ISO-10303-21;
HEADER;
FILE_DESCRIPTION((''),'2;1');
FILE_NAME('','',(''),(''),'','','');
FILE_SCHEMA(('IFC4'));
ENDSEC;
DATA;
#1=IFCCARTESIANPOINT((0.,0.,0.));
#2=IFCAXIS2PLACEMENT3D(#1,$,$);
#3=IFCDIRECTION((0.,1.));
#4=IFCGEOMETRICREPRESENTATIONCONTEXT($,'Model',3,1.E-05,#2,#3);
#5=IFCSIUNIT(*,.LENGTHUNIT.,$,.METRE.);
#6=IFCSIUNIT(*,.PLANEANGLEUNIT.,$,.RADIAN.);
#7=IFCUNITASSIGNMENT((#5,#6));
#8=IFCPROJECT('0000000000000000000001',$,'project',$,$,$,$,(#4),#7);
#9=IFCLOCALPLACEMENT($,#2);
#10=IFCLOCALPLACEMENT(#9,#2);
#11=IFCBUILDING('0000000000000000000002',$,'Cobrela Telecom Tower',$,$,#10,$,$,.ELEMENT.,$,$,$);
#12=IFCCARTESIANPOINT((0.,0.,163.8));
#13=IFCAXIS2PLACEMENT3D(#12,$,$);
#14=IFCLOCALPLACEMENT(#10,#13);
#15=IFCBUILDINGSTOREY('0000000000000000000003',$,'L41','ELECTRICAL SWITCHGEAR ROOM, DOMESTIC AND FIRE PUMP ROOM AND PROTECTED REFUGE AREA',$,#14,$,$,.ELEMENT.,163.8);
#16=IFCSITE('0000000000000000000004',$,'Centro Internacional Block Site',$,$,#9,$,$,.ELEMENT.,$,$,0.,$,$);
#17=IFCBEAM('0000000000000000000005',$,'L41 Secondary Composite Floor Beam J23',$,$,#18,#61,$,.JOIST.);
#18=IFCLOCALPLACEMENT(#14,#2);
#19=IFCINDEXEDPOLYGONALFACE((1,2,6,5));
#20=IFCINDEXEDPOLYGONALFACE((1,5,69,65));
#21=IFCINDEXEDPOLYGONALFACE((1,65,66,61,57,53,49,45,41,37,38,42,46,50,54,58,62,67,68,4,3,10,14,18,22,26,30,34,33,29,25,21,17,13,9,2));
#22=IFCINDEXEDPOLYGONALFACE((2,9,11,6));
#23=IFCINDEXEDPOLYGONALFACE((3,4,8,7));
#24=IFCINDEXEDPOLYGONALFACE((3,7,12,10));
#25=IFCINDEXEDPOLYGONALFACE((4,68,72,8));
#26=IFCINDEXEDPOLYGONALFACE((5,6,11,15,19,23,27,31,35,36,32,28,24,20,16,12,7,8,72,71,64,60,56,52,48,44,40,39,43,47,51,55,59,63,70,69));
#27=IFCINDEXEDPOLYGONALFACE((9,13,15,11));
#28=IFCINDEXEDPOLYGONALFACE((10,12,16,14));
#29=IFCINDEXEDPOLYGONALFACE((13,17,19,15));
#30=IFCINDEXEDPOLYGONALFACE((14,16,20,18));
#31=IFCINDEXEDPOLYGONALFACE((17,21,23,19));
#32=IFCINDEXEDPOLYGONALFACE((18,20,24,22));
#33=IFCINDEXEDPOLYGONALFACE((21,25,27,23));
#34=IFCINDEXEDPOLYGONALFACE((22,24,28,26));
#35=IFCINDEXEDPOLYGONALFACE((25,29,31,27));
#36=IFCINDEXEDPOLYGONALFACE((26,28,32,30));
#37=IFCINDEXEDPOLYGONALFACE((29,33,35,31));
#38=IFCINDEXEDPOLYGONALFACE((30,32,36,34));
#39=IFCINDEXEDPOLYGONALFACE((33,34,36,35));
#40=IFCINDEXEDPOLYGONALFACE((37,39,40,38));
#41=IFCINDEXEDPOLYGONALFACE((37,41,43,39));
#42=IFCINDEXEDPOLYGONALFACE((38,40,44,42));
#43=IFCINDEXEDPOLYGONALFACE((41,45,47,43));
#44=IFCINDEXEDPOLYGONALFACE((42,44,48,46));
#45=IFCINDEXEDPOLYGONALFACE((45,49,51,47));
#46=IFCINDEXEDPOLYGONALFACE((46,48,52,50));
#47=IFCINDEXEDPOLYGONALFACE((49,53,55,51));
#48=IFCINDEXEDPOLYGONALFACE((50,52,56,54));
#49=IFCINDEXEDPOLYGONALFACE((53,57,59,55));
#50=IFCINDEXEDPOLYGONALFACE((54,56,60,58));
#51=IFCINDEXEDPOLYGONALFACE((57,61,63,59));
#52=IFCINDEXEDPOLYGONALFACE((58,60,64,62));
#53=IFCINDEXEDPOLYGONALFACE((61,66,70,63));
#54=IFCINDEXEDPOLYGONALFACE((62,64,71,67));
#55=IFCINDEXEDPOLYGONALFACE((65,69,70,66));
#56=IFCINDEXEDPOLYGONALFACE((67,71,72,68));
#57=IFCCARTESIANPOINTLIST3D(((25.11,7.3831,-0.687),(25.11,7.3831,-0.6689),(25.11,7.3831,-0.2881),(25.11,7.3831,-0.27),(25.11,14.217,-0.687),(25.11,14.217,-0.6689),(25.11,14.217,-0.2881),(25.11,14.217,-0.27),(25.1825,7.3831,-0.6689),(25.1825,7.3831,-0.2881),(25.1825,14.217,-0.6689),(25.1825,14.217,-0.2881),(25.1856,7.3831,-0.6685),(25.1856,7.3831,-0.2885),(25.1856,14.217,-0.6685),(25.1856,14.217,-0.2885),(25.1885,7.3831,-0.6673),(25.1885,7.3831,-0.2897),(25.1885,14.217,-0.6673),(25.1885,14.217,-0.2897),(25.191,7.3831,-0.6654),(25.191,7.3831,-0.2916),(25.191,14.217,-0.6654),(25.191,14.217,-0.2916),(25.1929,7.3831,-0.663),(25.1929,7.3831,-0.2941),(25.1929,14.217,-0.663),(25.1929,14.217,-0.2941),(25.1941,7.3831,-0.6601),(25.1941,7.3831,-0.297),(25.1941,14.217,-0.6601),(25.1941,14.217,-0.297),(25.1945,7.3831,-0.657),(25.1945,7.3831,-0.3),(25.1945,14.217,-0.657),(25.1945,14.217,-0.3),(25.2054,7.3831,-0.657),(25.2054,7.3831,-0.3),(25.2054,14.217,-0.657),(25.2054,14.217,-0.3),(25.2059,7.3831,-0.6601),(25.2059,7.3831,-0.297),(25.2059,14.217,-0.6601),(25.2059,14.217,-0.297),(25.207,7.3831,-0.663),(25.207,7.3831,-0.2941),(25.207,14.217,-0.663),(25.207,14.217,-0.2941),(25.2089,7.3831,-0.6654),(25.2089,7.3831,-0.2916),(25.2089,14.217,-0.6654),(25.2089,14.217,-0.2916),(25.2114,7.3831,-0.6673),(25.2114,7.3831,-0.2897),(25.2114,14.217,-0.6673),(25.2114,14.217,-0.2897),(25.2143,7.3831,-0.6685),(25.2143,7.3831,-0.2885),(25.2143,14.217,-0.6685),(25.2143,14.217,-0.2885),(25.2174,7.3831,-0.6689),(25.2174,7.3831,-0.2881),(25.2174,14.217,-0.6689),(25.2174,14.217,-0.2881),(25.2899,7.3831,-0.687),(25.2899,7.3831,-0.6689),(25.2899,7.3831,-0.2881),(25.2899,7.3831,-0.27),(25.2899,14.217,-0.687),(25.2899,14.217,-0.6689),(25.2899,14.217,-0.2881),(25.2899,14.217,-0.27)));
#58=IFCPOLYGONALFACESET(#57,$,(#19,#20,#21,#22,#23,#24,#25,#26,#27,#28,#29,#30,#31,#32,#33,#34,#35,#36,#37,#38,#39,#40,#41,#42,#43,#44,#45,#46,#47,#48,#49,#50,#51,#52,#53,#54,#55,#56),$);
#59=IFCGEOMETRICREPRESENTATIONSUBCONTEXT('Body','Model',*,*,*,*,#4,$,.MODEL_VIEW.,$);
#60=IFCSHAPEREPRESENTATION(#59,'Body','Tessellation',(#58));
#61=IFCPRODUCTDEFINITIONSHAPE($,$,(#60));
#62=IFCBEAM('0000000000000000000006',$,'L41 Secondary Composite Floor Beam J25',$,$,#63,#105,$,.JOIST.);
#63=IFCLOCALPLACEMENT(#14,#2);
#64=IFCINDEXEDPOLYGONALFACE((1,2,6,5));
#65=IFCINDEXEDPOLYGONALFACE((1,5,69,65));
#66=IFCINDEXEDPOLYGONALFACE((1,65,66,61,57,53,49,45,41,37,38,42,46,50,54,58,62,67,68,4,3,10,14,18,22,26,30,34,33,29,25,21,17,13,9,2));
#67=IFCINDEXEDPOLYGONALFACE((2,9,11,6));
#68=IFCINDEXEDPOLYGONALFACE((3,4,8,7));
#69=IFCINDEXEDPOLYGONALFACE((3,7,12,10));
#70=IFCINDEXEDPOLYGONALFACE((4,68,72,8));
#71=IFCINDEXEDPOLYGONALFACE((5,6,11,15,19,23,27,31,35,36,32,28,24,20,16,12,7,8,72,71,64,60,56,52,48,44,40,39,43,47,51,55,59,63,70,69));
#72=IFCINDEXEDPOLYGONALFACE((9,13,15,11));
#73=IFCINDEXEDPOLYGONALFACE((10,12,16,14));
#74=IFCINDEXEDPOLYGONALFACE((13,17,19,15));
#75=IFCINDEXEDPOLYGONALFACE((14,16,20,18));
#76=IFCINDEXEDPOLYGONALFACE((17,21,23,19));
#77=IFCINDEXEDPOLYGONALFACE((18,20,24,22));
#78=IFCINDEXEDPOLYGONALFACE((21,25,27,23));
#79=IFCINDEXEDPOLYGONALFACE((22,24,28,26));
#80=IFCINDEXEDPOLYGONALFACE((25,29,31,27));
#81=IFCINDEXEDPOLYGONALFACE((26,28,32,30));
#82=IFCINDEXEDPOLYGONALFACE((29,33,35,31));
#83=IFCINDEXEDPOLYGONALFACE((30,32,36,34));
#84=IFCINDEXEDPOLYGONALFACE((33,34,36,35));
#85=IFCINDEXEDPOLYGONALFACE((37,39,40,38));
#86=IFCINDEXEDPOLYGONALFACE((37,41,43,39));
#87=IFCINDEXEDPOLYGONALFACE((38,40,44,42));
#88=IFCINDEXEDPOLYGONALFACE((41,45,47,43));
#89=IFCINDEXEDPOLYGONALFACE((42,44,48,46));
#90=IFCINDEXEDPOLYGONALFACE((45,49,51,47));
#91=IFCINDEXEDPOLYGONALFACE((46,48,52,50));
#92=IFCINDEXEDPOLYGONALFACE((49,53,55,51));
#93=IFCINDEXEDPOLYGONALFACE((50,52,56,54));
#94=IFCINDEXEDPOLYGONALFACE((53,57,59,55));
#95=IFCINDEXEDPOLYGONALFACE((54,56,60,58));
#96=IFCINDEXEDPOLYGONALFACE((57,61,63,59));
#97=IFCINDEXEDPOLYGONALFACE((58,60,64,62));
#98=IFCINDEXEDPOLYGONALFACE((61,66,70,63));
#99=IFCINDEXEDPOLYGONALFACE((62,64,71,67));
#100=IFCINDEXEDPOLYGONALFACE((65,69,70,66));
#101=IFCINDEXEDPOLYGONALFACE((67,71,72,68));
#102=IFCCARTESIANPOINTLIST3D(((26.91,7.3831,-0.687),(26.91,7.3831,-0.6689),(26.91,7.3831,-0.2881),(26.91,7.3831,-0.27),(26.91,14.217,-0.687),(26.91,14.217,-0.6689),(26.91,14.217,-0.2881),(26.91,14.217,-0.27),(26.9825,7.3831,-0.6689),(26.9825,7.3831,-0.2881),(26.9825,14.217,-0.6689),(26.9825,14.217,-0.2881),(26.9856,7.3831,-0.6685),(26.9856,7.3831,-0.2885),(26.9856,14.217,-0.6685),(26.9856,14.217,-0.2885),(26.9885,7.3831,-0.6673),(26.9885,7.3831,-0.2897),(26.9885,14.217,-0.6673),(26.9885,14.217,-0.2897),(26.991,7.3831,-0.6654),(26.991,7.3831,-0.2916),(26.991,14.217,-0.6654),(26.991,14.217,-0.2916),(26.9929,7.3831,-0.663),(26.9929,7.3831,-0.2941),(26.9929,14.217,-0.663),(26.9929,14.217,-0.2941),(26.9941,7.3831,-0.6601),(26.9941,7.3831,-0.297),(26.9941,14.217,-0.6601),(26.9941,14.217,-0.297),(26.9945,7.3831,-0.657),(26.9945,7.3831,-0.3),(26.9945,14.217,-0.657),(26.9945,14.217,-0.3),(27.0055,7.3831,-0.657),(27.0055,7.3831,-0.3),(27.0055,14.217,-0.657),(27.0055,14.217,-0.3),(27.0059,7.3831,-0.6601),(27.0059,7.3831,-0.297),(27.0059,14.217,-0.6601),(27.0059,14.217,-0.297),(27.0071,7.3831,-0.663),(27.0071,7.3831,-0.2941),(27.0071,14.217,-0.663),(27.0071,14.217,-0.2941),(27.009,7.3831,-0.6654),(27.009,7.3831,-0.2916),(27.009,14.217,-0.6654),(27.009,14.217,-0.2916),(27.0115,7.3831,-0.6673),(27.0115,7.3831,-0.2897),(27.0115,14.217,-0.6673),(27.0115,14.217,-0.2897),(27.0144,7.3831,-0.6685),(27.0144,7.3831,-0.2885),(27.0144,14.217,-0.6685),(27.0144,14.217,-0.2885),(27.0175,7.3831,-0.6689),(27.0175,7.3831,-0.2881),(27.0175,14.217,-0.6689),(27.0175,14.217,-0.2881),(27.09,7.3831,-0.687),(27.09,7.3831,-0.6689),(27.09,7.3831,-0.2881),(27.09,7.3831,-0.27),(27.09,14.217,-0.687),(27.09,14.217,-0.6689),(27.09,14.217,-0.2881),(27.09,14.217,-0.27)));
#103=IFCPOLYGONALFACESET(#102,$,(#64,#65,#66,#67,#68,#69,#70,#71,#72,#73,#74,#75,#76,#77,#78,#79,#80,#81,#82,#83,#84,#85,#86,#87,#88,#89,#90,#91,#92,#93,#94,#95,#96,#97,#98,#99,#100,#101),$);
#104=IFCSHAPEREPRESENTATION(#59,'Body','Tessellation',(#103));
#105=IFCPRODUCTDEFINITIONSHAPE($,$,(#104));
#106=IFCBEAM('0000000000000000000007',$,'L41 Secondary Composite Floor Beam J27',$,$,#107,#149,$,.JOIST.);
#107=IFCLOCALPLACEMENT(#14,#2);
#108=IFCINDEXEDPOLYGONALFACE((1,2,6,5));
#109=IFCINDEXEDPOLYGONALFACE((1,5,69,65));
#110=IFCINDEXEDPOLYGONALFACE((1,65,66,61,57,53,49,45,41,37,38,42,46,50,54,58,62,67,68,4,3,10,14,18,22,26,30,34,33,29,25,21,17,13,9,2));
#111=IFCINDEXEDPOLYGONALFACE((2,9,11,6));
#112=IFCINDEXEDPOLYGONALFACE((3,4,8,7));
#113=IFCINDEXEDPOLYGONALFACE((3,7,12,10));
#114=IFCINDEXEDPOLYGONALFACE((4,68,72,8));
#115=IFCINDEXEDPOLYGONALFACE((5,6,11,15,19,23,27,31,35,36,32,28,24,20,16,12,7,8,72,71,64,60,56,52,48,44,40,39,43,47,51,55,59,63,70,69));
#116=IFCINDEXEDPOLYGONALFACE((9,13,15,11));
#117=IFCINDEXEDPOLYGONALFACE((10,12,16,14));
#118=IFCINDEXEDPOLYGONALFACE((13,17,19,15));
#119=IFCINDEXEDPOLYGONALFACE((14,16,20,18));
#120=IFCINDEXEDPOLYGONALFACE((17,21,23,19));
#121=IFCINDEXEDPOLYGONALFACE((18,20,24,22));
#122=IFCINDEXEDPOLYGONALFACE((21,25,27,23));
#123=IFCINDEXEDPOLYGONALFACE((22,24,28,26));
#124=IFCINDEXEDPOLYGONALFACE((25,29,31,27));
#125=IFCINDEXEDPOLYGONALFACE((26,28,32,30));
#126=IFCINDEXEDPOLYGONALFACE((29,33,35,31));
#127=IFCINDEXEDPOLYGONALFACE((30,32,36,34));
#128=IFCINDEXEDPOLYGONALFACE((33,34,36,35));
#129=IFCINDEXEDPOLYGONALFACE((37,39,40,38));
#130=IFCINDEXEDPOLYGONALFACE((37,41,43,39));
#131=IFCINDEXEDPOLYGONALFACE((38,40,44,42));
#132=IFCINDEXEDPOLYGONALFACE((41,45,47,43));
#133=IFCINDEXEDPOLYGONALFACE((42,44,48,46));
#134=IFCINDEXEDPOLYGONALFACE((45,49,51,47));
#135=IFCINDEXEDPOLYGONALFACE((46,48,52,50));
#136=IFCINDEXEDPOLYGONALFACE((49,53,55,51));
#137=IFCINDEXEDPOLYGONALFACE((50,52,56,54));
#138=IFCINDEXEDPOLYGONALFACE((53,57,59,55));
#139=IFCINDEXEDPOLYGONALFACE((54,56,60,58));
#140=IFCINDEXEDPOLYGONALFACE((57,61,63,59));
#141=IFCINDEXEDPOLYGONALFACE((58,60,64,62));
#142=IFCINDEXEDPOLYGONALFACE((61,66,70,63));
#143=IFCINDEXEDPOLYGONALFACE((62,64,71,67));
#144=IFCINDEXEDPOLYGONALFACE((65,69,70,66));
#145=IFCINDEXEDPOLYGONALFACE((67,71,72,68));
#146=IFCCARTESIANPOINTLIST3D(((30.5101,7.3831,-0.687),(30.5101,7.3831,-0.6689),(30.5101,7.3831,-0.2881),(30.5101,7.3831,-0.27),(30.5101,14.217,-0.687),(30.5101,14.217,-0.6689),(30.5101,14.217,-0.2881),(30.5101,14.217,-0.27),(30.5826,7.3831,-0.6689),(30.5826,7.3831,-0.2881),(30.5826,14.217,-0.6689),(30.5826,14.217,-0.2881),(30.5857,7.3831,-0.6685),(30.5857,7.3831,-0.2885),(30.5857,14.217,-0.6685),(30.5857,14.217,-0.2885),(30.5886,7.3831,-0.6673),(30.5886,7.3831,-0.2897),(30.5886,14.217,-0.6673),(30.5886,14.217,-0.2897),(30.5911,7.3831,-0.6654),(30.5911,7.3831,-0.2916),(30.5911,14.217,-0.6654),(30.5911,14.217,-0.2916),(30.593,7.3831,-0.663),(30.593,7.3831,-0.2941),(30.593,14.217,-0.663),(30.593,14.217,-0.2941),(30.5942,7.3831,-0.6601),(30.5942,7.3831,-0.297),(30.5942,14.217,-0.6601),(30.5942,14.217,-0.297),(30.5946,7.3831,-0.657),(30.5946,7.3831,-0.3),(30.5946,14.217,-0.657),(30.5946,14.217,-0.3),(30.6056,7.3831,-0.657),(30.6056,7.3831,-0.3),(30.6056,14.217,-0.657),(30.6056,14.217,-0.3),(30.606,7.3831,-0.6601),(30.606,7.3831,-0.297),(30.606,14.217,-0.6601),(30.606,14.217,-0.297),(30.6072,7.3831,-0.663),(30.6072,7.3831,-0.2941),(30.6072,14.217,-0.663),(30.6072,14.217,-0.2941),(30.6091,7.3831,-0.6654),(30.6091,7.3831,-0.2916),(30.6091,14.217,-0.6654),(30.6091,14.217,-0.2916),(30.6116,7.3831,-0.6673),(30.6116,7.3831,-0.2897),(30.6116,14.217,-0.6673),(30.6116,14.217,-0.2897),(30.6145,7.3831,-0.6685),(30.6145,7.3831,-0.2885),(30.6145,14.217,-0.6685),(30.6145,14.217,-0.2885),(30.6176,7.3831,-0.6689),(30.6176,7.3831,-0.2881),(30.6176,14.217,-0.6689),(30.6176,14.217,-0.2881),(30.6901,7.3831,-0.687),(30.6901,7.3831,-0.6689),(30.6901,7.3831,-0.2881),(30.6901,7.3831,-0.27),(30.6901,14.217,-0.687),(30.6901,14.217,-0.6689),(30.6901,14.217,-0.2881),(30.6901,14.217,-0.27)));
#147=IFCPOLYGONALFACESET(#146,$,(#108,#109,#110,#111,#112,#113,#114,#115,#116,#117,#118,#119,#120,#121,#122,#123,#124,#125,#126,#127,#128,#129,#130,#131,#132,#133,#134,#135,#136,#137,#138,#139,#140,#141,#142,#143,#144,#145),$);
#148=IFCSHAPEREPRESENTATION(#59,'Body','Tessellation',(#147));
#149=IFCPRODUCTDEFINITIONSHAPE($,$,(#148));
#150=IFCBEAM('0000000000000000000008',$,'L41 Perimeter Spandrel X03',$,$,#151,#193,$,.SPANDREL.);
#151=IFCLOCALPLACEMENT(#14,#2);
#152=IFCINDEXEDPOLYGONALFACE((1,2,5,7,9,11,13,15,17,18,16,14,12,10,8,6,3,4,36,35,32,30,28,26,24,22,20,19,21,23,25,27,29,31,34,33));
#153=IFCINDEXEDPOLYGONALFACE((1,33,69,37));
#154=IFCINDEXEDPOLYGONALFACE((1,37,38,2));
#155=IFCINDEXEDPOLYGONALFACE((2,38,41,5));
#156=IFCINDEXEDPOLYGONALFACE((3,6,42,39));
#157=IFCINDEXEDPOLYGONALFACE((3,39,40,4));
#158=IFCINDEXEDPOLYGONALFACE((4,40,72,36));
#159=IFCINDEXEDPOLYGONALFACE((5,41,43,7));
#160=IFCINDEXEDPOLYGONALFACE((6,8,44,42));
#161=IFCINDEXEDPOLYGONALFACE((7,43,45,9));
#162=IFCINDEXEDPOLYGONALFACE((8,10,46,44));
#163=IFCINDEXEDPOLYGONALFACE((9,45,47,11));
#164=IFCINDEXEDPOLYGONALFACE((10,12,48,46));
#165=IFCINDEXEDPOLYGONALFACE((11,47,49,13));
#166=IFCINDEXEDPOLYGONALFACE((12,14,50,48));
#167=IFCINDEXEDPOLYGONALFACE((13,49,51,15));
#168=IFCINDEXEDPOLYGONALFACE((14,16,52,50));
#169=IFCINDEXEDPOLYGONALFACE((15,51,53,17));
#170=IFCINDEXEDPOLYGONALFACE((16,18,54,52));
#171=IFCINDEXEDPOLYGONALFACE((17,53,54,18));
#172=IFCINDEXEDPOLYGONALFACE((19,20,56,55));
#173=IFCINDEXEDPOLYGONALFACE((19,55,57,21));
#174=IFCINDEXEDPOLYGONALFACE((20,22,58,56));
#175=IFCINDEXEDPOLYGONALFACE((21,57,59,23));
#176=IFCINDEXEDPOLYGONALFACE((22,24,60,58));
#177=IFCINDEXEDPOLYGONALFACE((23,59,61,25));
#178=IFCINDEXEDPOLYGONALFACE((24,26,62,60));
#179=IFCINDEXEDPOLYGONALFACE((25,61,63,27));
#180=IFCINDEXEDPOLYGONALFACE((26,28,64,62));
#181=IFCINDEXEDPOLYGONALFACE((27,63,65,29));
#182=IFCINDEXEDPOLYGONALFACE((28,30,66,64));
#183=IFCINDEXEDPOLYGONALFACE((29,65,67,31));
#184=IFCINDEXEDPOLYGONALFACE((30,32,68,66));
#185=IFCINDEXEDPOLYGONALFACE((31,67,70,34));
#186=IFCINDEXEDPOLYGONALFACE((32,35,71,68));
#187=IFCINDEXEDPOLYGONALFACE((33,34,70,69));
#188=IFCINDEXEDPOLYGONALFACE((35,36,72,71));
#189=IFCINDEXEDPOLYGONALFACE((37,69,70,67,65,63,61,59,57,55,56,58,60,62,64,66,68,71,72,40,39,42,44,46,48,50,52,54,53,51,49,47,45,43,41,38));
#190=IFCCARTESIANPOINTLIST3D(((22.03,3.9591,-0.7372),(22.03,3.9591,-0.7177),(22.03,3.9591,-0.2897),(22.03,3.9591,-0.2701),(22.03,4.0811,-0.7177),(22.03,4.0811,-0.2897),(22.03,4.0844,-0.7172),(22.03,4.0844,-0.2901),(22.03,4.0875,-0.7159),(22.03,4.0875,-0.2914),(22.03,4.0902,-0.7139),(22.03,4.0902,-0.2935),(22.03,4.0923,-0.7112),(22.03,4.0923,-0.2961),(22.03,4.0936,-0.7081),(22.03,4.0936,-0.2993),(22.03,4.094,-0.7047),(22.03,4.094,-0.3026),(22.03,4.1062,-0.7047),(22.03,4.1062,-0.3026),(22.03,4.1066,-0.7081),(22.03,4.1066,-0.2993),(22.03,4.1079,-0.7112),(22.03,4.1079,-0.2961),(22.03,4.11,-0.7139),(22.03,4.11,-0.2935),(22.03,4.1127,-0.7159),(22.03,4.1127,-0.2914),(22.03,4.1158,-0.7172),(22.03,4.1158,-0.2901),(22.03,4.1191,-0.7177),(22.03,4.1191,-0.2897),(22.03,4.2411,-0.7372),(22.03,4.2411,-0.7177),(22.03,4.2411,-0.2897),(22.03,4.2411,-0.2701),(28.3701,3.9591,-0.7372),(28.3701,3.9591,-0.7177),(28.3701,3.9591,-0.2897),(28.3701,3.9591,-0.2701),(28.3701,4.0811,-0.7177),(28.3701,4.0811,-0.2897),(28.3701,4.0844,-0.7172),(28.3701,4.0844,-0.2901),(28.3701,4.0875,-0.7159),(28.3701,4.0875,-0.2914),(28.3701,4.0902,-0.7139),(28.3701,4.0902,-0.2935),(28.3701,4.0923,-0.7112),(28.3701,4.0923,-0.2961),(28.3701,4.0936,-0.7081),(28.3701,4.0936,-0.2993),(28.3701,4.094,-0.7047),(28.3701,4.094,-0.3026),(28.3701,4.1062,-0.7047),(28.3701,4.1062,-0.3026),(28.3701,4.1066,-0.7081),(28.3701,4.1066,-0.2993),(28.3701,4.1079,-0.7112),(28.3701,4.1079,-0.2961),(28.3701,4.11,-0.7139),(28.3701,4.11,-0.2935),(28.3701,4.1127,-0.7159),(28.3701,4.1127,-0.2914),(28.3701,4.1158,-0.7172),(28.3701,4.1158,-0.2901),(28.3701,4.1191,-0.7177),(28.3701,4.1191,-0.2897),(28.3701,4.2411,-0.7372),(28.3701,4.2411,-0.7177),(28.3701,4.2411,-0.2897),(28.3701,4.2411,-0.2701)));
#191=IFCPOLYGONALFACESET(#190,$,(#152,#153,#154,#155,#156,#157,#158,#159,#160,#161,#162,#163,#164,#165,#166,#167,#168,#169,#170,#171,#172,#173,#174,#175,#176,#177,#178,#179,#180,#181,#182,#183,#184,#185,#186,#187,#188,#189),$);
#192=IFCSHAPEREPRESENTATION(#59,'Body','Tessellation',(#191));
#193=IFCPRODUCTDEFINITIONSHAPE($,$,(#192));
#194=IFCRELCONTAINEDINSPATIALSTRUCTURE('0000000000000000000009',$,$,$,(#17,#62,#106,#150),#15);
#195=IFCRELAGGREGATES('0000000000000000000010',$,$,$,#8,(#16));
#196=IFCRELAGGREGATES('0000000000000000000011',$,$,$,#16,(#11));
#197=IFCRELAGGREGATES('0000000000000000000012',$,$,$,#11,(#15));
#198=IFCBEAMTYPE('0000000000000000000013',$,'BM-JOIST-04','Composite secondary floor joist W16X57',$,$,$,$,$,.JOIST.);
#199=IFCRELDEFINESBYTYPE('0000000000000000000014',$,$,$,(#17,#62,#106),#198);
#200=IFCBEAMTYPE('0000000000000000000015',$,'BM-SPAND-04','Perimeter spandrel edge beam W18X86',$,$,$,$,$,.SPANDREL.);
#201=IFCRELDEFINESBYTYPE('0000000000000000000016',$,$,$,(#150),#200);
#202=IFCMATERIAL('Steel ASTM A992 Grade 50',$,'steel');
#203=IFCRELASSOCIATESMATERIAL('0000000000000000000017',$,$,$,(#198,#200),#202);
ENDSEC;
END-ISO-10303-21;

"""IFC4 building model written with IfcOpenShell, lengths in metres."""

from ifc_helpers import new_model, si_unit, direction, frame, origin, origin_2d, place, context, subcontext, project, spatial, i_section, extrude, material, material_profile, profile_set, type_object, element, save


model = new_model("IFC4")

# Units and contexts
model_context = context("Model", 3, precision=1e-05, world=origin(), true_north=direction((0.0, 1.0)))
body_context = subcontext(model_context, "Body", "Model", "MODEL_VIEW")
ifc_project = project(units=[si_unit("LENGTHUNIT", "METRE"), si_unit("PLANEANGLEUNIT", "RADIAN")], contexts=[model_context])

# Site, building, storey
site_placement = place(None, origin())
site = spatial("IfcSite", under=ifc_project, at=site_placement, Name="Centro Internacional Block Site", CompositionType="ELEMENT", RefElevation=0.0)
building_placement = place(site_placement, origin())
building = spatial("IfcBuilding", under=site, at=building_placement, Name="Cobrela Telecom Tower", CompositionType="ELEMENT")
storey_placement = place(building_placement, frame((0.0, 0.0, 163.8)))
storey = spatial("IfcBuildingStorey", under=building, at=storey_placement, Name="L41", Description="ELECTRICAL SWITCHGEAR ROOM, DOMESTIC AND FIRE PUMP ROOM AND PROTECTED REFUGE AREA", CompositionType="ELEMENT", Elevation=163.8)

# Shared definitions
ifc_material_1 = material(Name="Steel ASTM A992 Grade 50", Category="steel")

# Beams
ifc_material_profile_1 = material_profile(ifc_material_1, i_section(OverallWidth=0.1799, OverallDepth=0.417, WebThickness=0.011, FlangeThickness=0.0181, FilletRadius=0.012, at=origin_2d()), Name="W16X57")
ifc_profile_set_1 = profile_set([ifc_material_profile_1], Name="Steel ASTM A992 Grade 50")
beam_type_1 = type_object("IfcBeamType", Name="BM-JOIST-04", Description="Composite secondary floor joist W16X57", PredefinedType="JOIST", material=ifc_profile_set_1)
for number, where, z_axis, x_axis, name in (
    (1, (25.2, 7.3831, -0.4785), (0.0, 1.0, 0.0), (-1.0, 0.0, 0.0), "L41 Secondary Composite Floor Beam J23"),
    (2, (27.0, 7.3831, -0.4785), (0.0, 1.0, 0.0), (-1.0, 0.0, 0.0), "L41 Secondary Composite Floor Beam J25"),
    (3, (30.6001, 7.3831, -0.4785), (0.0, 1.0, 0.0), (-1.0, 0.0, 0.0), "L41 Secondary Composite Floor Beam J27"),
):
    element("IfcBeam", number, at=place(storey_placement, frame(where, z_axis=z_axis, x_axis=x_axis)), inside=storey, type_object=beam_type_1, Name=name, PredefinedType="JOIST", context=body_context, shape_type="SweptSolid", body=[
        extrude(i_section(OverallWidth=0.1799, OverallDepth=0.417, WebThickness=0.011, FlangeThickness=0.0181, FilletRadius=0.012, at=origin_2d()), origin(), (0.0, 0.0, 1.0), 6.834),
    ])
ifc_material_profile_2 = material_profile(ifc_material_1, i_section(OverallWidth=0.282, OverallDepth=0.467, WebThickness=0.0122, FlangeThickness=0.0195, FilletRadius=0.0129, at=origin_2d()), Name="W18X86")
ifc_profile_set_2 = profile_set([ifc_material_profile_2], Name="Steel ASTM A992 Grade 50")
beam_type_2 = type_object("IfcBeamType", Name="BM-SPAND-04", Description="Perimeter spandrel edge beam W18X86", PredefinedType="SPANDREL", material=ifc_profile_set_2)
for number, where, z_axis, x_axis, name in (
    (4, (22.03, 4.1001, -0.5037), (1.0, 0.0, 0.0), (0.0, 1.0, 0.0), "L41 Perimeter Spandrel X03"),
):
    element("IfcBeam", number, at=place(storey_placement, frame(where, z_axis=z_axis, x_axis=x_axis)), inside=storey, type_object=beam_type_2, Name=name, PredefinedType="SPANDREL", context=body_context, shape_type="SweptSolid", body=[
        extrude(i_section(OverallWidth=0.282, OverallDepth=0.467, WebThickness=0.0122, FlangeThickness=0.0195, FilletRadius=0.0129, at=origin_2d()), origin(), (0.0, 0.0, 1.0), 6.3401),
    ])

save(model, "model.ifc")
